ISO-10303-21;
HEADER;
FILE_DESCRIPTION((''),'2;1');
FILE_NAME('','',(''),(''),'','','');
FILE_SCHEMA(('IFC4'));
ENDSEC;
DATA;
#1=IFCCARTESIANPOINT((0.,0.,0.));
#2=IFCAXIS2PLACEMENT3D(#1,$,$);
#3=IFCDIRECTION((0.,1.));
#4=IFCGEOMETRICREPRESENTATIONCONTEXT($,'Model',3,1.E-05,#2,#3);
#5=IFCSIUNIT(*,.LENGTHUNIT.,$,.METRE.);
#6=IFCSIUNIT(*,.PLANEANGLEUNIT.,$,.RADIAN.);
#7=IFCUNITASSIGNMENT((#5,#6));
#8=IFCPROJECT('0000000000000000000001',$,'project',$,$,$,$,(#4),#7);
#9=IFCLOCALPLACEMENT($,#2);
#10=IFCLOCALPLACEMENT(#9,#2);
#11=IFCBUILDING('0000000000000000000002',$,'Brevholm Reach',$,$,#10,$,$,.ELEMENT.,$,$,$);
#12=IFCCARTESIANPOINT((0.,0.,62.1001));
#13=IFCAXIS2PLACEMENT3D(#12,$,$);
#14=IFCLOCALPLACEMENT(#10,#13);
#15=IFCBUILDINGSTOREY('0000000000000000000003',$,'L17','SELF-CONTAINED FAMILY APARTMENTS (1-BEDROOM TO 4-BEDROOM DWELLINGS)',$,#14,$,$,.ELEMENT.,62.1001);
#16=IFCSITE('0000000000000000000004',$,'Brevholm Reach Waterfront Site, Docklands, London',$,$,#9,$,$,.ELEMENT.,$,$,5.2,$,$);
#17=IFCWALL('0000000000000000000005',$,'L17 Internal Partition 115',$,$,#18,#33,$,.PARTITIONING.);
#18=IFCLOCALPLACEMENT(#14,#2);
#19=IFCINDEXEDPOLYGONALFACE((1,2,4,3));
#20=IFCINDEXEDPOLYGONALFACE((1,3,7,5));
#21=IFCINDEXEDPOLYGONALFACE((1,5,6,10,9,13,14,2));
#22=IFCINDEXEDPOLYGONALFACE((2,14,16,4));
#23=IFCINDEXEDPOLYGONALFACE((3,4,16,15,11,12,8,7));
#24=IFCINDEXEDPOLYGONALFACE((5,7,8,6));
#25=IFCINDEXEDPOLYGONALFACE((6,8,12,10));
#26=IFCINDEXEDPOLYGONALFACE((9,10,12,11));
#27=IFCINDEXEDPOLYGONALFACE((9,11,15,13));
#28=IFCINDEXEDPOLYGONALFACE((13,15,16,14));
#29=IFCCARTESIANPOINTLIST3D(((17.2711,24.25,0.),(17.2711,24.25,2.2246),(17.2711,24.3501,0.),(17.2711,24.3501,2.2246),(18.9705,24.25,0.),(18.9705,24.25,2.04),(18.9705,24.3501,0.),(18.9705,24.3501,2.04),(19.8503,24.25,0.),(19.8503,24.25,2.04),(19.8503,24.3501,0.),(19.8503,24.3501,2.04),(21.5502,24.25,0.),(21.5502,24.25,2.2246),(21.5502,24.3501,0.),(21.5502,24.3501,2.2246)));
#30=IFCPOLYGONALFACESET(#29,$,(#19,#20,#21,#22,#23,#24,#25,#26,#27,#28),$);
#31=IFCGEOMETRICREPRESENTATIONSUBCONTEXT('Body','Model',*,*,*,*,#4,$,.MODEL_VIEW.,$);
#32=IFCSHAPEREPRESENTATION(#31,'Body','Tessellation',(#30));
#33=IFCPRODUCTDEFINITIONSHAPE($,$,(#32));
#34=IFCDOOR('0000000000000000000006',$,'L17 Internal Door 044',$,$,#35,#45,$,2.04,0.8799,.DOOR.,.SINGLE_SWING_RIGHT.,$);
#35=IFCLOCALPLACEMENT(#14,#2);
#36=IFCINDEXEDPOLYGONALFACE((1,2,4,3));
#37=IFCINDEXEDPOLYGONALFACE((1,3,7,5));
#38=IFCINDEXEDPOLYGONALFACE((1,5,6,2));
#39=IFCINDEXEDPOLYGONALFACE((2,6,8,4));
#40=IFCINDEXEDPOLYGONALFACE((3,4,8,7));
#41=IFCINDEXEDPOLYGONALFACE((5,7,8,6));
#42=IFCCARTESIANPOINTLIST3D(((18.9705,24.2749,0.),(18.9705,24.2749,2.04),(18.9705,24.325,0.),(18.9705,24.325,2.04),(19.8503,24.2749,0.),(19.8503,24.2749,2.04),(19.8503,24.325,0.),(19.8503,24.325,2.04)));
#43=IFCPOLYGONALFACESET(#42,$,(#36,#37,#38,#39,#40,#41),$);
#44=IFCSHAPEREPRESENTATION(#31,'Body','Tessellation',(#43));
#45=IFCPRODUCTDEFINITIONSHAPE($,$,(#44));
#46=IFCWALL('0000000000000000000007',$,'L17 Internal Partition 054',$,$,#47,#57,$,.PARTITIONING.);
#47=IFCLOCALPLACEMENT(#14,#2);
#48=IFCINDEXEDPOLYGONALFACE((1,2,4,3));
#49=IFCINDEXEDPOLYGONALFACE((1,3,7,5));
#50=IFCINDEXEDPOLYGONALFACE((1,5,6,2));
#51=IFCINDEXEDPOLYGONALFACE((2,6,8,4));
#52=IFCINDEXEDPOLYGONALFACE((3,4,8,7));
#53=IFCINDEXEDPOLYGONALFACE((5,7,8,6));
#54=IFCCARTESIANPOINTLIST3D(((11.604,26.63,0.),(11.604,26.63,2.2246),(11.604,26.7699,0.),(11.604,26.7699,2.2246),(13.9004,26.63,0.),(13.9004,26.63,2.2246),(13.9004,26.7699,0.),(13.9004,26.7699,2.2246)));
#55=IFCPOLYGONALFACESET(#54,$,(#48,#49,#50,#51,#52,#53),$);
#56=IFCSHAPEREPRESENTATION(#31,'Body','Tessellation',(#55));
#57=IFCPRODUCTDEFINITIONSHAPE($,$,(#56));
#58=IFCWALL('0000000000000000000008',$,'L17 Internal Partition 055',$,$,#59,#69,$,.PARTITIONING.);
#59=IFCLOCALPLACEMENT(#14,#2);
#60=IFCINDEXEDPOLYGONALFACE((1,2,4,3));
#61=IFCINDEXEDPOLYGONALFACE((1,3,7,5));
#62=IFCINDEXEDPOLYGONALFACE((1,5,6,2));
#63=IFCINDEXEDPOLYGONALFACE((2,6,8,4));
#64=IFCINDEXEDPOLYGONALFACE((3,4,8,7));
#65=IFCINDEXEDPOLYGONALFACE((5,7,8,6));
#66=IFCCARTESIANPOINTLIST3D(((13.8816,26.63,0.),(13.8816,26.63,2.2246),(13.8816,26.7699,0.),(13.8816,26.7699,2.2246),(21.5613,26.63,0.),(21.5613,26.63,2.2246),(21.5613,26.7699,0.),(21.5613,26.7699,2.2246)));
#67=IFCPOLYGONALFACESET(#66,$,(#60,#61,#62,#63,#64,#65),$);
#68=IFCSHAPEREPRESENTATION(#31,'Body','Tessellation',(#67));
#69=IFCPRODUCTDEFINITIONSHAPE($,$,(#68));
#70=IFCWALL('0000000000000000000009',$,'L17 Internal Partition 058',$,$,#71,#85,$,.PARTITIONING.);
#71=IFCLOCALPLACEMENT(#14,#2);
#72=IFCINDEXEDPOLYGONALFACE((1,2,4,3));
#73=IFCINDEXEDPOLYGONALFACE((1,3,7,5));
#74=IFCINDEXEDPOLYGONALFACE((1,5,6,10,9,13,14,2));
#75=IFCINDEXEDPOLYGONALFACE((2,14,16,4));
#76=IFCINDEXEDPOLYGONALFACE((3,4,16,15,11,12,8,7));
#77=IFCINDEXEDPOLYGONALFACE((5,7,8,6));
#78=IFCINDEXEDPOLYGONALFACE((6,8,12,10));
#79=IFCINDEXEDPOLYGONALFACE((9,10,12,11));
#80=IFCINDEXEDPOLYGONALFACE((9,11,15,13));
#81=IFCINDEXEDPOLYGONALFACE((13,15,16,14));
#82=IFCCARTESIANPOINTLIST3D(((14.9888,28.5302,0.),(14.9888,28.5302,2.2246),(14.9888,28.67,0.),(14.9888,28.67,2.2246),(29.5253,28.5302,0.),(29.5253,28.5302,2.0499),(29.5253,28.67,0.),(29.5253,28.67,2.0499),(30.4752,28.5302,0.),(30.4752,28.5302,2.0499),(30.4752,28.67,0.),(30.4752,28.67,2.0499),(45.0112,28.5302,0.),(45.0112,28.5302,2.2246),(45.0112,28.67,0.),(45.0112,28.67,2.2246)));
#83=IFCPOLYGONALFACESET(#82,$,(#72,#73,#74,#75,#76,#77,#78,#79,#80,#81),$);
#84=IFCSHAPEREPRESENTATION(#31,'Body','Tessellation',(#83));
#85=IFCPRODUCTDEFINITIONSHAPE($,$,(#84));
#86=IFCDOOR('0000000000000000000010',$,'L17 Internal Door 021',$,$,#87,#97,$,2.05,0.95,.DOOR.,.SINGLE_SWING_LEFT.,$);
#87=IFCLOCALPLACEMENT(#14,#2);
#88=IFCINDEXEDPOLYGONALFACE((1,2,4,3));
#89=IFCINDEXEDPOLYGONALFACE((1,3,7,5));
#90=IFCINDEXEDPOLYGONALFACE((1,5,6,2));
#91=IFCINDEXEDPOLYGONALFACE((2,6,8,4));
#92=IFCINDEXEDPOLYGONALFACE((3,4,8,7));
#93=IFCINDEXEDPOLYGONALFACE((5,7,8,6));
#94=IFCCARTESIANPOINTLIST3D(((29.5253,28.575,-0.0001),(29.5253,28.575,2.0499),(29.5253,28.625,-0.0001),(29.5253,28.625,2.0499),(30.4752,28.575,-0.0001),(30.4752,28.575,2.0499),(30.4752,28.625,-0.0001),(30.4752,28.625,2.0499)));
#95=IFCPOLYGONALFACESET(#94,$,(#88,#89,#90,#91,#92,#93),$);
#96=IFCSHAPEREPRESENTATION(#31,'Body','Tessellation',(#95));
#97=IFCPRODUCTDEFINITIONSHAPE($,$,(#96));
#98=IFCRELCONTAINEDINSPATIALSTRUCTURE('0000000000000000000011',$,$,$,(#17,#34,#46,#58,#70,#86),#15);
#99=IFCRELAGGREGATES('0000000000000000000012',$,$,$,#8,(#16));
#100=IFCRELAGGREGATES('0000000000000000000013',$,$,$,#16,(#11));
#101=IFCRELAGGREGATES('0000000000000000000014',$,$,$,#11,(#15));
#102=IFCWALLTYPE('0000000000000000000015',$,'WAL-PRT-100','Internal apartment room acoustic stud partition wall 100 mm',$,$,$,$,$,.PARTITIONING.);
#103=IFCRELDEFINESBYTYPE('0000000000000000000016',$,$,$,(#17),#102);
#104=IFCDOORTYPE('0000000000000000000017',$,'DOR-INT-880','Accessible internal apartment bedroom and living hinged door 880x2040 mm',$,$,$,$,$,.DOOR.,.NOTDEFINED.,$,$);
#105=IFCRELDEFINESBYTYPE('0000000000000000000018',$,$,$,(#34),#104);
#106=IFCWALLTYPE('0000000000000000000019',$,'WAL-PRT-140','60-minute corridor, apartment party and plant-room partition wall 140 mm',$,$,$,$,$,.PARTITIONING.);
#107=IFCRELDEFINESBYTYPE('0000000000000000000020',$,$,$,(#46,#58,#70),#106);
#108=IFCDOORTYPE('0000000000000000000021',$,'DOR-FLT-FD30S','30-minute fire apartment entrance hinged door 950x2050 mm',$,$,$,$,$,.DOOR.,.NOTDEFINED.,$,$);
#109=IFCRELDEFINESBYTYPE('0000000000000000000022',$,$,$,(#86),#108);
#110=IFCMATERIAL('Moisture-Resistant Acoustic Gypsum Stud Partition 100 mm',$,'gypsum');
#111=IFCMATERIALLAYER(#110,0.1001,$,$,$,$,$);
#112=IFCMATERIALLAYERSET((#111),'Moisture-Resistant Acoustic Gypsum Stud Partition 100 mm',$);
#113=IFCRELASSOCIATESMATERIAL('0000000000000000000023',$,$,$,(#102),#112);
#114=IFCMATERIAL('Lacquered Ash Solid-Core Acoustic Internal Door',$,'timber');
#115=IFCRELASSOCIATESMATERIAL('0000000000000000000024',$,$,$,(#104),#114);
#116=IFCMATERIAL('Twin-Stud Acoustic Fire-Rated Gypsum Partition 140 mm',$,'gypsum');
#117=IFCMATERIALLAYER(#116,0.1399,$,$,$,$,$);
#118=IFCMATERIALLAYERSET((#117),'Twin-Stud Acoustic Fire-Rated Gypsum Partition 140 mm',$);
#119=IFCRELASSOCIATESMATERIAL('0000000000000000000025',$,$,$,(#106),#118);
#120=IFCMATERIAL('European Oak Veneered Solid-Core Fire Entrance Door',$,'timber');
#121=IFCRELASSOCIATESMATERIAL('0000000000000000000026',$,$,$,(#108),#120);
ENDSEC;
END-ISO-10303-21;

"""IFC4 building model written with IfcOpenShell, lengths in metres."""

from ifc_helpers import new_model, si_unit, direction, frame, frame_2d, origin, place, context, subcontext, project, spatial, rectangle, extrude, material, layer, layer_set, type_object, element, fill, save


model = new_model("IFC4")

# Units and contexts
model_context = context("Model", 3, precision=1e-05, world=origin(), true_north=direction((0.0, 1.0)))
body_context = subcontext(model_context, "Body", "Model", "MODEL_VIEW")
ifc_project = project(units=[si_unit("LENGTHUNIT", "METRE"), si_unit("PLANEANGLEUNIT", "RADIAN")], contexts=[model_context])

# Site, building, storey
site_placement = place(None, origin())
site = spatial("IfcSite", under=ifc_project, at=site_placement, Name="Brevholm Reach Waterfront Site, Docklands, London", CompositionType="ELEMENT", RefElevation=5.2)
building_placement = place(site_placement, origin())
building = spatial("IfcBuilding", under=site, at=building_placement, Name="Brevholm Reach", CompositionType="ELEMENT")
storey_placement = place(building_placement, frame((0.0, 0.0, 62.1001)))
storey = spatial("IfcBuildingStorey", under=building, at=storey_placement, Name="L17", Description="SELF-CONTAINED FAMILY APARTMENTS (1-BEDROOM TO 4-BEDROOM DWELLINGS)", CompositionType="ELEMENT", Elevation=62.1001)

# Shared definitions
ifc_material_1 = material(Name="Moisture-Resistant Acoustic Gypsum Stud Partition 100 mm", Category="gypsum")
ifc_layer_1 = layer(ifc_material_1, 0.1001)
ifc_layer_set_1 = layer_set([ifc_layer_1], Name="Moisture-Resistant Acoustic Gypsum Stud Partition 100 mm")
wall_type_1 = type_object("IfcWallType", Name="WAL-PRT-100", Description="Internal apartment room acoustic stud partition wall 100 mm", PredefinedType="PARTITIONING", material=ifc_layer_set_1)

# Wall, opening, door
ifc_material_2 = material(Name="Lacquered Ash Solid-Core Acoustic Internal Door", Category="timber")
door_type_1 = type_object("IfcDoorType", Name="DOR-INT-880", Description="Accessible internal apartment bedroom and living hinged door 880x2040 mm", OperationType="NOTDEFINED", PredefinedType="DOOR", material=ifc_material_2)
wall_1_placement = place(storey_placement, frame((17.271, 24.3, 0.0), z_axis=(0.0, 0.0, 1.0), x_axis=(1.0, 0.0, 0.0)))
wall_1 = element("IfcWall", 1, at=wall_1_placement, inside=storey, type_object=wall_type_1, Name="L17 Internal Partition 115", PredefinedType="PARTITIONING", context=body_context, shape_type="SweptSolid", body=[
    extrude(rectangle(XDim=4.2791, YDim=0.1001, at=frame_2d((2.1396, 0.0))), origin(), (0.0, 0.0, 1.0), 2.2246),
])
opening_1_placement = place(wall_1_placement, frame((1.6995, 0.0, 0.0)))
opening_1 = element("IfcOpeningElement", 2, at=opening_1_placement, cuts=wall_1, PredefinedType="OPENING", context=body_context, shape_type="SweptSolid", body=[
    extrude(rectangle(XDim=0.8799, YDim=2.04, at=frame_2d((0.4399, 1.02))), frame((0.0, 0.0601, 0.0), z_axis=(0.0, -1.0, 0.0), x_axis=(1.0, 0.0, 0.0)), (0.0, 0.0, 1.0), 0.1201),
])
door_1_placement = place(opening_1_placement, origin())
door_1 = element("IfcDoor", 3, at=door_1_placement, inside=storey, type_object=door_type_1, Name="L17 Internal Door 044", OperationType="SINGLE_SWING_RIGHT", OverallHeight=2.04, OverallWidth=0.8799, PredefinedType="DOOR", context=body_context, shape_type="SweptSolid", body=[
    extrude(rectangle(XDim=0.8799, YDim=2.04, at=frame_2d((0.4399, 1.02))), frame((0.0, 0.0249, 0.0), z_axis=(0.0, -1.0, 0.0), x_axis=(1.0, 0.0, 0.0)), (0.0, 0.0, 1.0), 0.05),
])
fill(opening_1, door_1)

# Walls
ifc_material_3 = material(Name="Twin-Stud Acoustic Fire-Rated Gypsum Partition 140 mm", Category="gypsum")
ifc_layer_2 = layer(ifc_material_3, 0.1399)
ifc_layer_set_2 = layer_set([ifc_layer_2], Name="Twin-Stud Acoustic Fire-Rated Gypsum Partition 140 mm")
wall_type_2 = type_object("IfcWallType", Name="WAL-PRT-140", Description="60-minute corridor, apartment party and plant-room partition wall 140 mm", PredefinedType="PARTITIONING", material=ifc_layer_set_2)
wall_2_placement = place(storey_placement, frame((11.604, 26.7, 0.0), z_axis=(0.0, 0.0, 1.0), x_axis=(1.0, 0.0, 0.0)))
element("IfcWall", 4, at=wall_2_placement, inside=storey, type_object=wall_type_2, Name="L17 Internal Partition 054", PredefinedType="PARTITIONING", context=body_context, shape_type="SweptSolid", body=[
    extrude(rectangle(XDim=2.2964, YDim=0.1399, at=frame_2d((1.1482, 0.0))), origin(), (0.0, 0.0, 1.0), 2.2246),
])
wall_3_placement = place(storey_placement, frame((13.8816, 26.7, 0.0), z_axis=(0.0, 0.0, 1.0), x_axis=(1.0, 0.0, 0.0)))
element("IfcWall", 5, at=wall_3_placement, inside=storey, type_object=wall_type_2, Name="L17 Internal Partition 055", PredefinedType="PARTITIONING", context=body_context, shape_type="SweptSolid", body=[
    extrude(rectangle(XDim=7.6797, YDim=0.1399, at=frame_2d((3.8398, 0.0))), origin(), (0.0, 0.0, 1.0), 2.2246),
])

# Wall, opening, door
wall_4_placement = place(storey_placement, frame((14.9888, 28.6001, 0.0), z_axis=(0.0, 0.0, 1.0), x_axis=(1.0, 0.0, 0.0)))
wall_4 = element("IfcWall", 6, at=wall_4_placement, inside=storey, type_object=wall_type_2, Name="L17 Internal Partition 058", PredefinedType="PARTITIONING", context=body_context, shape_type="SweptSolid", body=[
    extrude(rectangle(XDim=30.0225, YDim=0.1399, at=frame_2d((15.0112, 0.0))), origin(), (0.0, 0.0, 1.0), 2.2246),
])
opening_2_placement = place(wall_4_placement, frame((14.5364, 0.0, 0.0)))
opening_2 = element("IfcOpeningElement", 7, at=opening_2_placement, cuts=wall_4, PredefinedType="OPENING", context=body_context, shape_type="SweptSolid", body=[
    extrude(rectangle(XDim=0.95, YDim=2.05, at=frame_2d((0.4751, 1.0249))), frame((0.0, 0.0798, 0.0), z_axis=(0.0, -1.0, 0.0), x_axis=(1.0, 0.0, 0.0)), (0.0, 0.0, 1.0), 0.1599),
])
ifc_material_4 = material(Name="European Oak Veneered Solid-Core Fire Entrance Door", Category="timber")
door_type_2 = type_object("IfcDoorType", Name="DOR-FLT-FD30S", Description="30-minute fire apartment entrance hinged door 950x2050 mm", OperationType="NOTDEFINED", PredefinedType="DOOR", material=ifc_material_4)
door_2_placement = place(opening_2_placement, origin())
door_2 = element("IfcDoor", 8, at=door_2_placement, inside=storey, type_object=door_type_2, Name="L17 Internal Door 021", OperationType="SINGLE_SWING_LEFT", OverallHeight=2.05, OverallWidth=0.95, PredefinedType="DOOR", context=body_context, shape_type="SweptSolid", body=[
    extrude(rectangle(XDim=0.95, YDim=2.05, at=frame_2d((0.4751, 1.0249))), frame((0.0, 0.0249, 0.0), z_axis=(0.0, -1.0, 0.0), x_axis=(1.0, 0.0, 0.0)), (0.0, 0.0, 1.0), 0.05),
])
fill(opening_2, door_2)

save(model, "model.ifc")
